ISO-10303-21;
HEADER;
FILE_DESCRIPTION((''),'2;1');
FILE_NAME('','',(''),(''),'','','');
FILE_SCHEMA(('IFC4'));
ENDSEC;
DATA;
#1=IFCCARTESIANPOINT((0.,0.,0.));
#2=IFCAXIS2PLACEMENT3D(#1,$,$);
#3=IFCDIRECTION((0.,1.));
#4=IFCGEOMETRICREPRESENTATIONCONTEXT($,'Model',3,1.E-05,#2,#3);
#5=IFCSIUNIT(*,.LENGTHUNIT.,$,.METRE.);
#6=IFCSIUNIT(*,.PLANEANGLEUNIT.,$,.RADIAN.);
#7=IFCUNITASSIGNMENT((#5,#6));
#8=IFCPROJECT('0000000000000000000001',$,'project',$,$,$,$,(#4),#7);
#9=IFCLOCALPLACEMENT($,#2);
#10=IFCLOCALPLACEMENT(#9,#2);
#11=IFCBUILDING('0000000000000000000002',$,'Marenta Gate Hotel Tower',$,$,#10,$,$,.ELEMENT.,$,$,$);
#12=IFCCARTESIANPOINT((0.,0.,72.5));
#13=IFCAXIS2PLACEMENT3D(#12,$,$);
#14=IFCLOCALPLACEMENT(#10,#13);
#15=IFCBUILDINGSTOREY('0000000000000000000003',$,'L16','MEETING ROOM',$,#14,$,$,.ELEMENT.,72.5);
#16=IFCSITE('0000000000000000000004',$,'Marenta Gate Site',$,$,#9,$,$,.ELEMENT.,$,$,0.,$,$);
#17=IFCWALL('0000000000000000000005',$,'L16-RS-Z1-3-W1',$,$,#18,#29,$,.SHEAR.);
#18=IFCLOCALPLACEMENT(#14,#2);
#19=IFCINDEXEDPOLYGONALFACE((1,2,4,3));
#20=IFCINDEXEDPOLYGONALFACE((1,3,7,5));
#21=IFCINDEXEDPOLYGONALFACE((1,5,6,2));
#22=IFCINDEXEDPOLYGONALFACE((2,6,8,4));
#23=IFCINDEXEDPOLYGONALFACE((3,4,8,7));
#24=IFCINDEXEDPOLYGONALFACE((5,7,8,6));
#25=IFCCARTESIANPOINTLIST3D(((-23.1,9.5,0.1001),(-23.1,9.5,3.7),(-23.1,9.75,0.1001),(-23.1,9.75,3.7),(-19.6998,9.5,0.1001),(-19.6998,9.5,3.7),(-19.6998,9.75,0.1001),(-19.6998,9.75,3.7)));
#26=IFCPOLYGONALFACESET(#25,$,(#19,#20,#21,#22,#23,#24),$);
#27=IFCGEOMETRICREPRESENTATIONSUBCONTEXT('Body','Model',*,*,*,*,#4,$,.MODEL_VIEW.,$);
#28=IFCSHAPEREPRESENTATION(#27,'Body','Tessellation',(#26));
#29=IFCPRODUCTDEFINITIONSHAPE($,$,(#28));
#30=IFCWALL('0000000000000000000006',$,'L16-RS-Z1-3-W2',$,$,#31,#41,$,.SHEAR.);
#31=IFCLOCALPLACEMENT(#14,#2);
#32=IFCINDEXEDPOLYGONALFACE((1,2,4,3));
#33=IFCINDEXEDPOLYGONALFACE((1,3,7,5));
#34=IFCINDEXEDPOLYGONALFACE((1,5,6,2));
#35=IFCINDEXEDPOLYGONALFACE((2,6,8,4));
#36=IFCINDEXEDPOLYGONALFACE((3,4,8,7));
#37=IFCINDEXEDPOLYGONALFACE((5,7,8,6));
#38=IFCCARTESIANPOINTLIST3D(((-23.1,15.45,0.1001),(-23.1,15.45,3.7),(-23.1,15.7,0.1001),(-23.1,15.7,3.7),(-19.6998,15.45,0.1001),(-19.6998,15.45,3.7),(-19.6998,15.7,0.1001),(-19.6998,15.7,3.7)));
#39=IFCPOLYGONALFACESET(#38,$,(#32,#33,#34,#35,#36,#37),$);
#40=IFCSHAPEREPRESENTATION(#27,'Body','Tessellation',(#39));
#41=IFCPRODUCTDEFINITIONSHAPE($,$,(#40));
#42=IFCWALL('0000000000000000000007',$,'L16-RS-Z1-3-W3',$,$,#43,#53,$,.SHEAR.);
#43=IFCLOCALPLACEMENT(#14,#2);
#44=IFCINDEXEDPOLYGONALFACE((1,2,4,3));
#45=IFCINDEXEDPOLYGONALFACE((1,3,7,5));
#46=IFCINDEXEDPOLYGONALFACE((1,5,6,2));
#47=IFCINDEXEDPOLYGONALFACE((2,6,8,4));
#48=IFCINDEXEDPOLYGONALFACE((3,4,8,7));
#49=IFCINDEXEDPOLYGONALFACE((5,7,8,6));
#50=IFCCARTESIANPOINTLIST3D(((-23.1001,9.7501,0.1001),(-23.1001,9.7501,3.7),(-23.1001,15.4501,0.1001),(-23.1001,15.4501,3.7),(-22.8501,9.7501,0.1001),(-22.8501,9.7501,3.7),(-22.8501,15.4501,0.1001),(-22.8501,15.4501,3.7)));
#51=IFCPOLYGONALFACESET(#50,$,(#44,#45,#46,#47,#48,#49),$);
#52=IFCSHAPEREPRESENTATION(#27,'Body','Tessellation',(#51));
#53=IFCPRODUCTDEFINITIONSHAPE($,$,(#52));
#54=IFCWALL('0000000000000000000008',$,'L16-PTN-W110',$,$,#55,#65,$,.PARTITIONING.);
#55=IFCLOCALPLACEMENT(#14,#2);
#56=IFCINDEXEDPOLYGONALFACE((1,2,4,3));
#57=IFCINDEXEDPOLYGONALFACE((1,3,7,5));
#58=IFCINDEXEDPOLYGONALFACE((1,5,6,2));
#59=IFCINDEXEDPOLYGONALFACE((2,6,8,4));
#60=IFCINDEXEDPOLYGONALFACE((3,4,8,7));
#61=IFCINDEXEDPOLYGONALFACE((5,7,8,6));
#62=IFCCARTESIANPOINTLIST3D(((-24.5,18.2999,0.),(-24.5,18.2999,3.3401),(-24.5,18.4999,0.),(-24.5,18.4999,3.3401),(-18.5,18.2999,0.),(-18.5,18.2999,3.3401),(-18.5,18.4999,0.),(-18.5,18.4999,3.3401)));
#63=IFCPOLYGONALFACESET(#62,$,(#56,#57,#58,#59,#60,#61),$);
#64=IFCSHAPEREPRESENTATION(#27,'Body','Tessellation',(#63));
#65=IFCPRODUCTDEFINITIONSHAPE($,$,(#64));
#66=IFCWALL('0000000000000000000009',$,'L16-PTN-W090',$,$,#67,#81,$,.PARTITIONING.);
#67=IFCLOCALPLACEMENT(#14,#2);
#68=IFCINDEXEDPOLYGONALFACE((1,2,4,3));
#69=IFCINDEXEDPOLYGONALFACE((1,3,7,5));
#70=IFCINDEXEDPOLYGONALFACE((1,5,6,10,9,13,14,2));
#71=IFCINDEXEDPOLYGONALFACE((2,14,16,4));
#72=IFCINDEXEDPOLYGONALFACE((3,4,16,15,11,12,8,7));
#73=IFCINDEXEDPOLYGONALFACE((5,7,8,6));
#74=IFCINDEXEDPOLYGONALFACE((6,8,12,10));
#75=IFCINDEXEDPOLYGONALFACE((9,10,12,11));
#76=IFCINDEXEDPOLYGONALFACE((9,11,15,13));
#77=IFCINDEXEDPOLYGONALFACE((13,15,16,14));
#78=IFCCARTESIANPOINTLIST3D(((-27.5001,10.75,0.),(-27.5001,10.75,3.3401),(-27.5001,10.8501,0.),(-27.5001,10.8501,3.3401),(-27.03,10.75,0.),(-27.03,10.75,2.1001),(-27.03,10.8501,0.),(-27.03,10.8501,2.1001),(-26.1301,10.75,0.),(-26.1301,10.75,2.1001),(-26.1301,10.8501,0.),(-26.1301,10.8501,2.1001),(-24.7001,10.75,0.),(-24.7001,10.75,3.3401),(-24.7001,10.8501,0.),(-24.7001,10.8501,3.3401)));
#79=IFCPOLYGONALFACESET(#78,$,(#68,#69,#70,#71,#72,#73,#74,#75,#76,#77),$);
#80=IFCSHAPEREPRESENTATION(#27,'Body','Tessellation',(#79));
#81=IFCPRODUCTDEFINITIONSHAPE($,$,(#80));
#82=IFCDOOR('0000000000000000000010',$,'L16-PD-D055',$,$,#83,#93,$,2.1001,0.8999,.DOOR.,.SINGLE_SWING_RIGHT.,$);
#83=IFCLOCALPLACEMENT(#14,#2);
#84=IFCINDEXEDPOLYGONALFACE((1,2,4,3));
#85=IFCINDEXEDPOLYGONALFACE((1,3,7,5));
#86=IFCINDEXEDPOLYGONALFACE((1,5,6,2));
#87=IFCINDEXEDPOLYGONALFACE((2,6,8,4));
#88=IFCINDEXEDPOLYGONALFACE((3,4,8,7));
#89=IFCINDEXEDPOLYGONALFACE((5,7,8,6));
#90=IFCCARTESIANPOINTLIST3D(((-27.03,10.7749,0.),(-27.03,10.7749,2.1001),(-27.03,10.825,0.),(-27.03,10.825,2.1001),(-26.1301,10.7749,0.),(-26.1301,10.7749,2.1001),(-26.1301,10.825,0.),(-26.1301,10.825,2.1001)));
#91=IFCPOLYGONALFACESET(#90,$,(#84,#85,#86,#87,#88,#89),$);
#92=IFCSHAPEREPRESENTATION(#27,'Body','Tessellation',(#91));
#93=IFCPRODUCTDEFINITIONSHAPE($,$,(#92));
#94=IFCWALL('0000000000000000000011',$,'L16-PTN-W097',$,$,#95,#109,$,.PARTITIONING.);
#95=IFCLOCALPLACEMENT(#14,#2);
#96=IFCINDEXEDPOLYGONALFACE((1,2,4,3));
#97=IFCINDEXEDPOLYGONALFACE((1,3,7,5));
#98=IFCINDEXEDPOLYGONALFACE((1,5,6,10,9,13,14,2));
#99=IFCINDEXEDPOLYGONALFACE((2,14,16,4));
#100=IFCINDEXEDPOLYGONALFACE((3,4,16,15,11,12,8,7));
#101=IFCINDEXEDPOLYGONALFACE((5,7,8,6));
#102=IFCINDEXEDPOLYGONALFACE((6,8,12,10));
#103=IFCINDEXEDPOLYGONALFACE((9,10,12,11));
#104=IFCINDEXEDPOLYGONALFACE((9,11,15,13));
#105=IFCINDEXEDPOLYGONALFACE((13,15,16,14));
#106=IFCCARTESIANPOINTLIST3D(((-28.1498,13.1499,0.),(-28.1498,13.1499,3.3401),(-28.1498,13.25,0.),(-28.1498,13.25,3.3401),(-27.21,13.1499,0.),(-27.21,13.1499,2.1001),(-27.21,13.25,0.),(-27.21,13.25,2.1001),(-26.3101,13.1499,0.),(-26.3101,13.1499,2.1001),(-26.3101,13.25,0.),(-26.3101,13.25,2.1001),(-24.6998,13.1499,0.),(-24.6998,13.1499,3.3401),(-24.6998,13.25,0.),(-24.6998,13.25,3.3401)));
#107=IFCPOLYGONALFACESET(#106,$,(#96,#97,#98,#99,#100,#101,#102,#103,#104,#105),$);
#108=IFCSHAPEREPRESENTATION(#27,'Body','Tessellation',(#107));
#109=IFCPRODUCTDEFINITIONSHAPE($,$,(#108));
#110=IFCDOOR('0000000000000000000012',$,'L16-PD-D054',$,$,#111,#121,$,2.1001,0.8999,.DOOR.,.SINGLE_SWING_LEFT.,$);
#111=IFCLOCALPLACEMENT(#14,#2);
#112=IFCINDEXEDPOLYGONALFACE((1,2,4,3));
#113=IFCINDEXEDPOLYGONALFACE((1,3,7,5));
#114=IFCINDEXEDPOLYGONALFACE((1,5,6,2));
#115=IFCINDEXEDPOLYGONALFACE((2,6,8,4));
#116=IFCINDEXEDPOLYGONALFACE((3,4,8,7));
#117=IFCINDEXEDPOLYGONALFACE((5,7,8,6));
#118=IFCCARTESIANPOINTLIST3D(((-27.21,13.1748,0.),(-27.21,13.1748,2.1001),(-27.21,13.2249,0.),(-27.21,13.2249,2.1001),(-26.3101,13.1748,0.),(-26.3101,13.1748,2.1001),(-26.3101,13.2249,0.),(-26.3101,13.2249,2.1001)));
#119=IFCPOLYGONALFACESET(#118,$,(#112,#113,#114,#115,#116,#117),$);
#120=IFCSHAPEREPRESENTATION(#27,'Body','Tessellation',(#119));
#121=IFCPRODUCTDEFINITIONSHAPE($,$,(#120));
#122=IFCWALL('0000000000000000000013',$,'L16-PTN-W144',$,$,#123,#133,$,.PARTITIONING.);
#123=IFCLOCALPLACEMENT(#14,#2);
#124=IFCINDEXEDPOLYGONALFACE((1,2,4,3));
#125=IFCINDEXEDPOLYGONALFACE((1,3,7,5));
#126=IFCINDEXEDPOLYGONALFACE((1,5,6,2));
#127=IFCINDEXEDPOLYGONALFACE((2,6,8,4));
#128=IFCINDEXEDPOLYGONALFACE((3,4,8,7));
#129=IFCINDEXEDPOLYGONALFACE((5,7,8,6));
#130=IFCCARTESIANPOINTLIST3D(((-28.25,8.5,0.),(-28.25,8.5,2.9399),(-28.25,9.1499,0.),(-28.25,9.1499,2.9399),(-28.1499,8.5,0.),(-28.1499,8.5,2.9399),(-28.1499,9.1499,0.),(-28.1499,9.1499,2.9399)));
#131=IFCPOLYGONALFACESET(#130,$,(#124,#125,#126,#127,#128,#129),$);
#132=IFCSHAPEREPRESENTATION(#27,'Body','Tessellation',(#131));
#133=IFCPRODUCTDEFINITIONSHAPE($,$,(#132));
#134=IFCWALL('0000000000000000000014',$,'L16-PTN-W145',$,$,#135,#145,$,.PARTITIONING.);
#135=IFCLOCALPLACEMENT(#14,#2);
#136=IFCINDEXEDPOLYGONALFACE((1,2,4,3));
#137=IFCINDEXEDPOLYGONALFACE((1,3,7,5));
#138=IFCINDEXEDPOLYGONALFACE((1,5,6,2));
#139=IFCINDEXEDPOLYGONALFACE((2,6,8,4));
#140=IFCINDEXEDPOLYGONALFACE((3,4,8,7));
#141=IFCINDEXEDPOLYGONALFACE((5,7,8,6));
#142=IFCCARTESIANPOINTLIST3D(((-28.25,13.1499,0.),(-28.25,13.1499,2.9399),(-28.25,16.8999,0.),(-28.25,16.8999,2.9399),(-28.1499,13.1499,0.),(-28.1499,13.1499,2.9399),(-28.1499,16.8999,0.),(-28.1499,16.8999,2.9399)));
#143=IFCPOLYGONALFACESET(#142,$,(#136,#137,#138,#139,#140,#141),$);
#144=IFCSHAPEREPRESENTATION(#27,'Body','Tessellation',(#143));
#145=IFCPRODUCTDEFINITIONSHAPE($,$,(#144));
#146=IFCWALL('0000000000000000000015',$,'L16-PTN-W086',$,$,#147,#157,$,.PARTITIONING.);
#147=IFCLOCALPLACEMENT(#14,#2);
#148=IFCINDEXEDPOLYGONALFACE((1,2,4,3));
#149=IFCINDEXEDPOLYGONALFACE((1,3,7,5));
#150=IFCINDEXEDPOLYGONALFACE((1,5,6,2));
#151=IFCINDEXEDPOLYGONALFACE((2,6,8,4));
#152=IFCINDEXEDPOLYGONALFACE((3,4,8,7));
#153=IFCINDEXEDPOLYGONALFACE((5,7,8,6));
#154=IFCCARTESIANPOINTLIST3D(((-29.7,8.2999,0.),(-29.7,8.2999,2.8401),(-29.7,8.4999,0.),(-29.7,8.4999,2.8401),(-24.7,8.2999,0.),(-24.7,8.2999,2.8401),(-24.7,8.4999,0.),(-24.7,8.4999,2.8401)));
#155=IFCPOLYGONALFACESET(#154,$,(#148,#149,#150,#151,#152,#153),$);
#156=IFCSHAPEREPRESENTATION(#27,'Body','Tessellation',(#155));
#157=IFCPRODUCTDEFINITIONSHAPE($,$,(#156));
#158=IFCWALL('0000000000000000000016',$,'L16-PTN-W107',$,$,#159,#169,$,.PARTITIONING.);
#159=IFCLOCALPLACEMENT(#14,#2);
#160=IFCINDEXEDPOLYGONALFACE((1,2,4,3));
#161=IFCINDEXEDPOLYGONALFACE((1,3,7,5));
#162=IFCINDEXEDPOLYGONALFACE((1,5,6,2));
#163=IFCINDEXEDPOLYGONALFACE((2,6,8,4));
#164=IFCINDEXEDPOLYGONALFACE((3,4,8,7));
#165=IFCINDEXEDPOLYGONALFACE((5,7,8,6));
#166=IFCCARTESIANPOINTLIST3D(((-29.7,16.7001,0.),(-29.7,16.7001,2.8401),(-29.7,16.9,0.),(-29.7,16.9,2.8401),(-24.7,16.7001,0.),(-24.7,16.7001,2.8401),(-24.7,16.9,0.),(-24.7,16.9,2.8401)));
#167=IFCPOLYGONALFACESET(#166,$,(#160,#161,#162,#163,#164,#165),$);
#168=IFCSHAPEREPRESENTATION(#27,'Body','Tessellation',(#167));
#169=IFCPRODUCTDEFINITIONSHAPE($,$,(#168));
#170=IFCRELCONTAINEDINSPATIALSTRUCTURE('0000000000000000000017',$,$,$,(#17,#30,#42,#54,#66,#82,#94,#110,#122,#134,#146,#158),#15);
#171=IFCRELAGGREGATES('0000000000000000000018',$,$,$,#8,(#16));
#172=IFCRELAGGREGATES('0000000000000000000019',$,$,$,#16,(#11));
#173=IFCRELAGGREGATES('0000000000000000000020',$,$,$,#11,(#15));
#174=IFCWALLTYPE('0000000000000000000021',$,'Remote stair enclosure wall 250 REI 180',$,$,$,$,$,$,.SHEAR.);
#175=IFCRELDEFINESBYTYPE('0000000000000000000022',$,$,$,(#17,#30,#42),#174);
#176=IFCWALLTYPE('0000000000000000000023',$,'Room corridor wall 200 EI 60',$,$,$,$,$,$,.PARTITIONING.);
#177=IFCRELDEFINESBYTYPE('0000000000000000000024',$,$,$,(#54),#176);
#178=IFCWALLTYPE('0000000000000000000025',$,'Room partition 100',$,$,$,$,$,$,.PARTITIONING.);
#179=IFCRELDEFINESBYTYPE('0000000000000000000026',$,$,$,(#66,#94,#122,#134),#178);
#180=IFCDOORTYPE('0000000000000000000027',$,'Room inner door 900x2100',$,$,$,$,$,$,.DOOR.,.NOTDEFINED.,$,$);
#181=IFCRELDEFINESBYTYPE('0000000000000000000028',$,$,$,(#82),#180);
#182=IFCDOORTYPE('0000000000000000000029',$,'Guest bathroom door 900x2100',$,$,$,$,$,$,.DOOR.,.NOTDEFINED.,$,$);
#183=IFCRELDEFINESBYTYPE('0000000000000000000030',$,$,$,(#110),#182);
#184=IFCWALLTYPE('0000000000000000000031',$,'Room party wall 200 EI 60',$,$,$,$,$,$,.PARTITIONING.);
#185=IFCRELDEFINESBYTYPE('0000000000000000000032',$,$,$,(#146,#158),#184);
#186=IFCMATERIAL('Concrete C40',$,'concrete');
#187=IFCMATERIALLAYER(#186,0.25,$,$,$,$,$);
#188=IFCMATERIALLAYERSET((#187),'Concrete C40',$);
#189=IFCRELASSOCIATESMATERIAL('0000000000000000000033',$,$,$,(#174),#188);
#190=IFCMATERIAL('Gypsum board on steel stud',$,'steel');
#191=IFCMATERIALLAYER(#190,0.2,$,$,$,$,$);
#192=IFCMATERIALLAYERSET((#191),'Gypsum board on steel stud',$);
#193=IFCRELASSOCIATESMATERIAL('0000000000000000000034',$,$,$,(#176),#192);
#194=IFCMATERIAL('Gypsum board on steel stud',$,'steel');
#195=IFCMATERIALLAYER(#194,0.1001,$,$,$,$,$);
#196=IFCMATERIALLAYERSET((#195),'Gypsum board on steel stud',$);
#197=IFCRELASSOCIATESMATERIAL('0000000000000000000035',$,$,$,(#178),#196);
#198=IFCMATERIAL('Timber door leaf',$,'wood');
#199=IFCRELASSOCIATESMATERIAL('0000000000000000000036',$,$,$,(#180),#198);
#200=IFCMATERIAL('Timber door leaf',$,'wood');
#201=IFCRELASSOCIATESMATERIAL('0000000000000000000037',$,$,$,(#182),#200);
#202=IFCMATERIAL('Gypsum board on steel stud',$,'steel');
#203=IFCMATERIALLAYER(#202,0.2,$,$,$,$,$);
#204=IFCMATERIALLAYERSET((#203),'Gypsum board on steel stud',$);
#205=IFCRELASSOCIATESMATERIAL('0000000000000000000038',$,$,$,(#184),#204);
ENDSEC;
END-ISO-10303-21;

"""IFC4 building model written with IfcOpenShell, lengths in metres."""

from ifc_helpers import new_model, si_unit, direction, frame, frame_2d, origin, place, context, subcontext, project, spatial, rectangle, extrude, material, layer, layer_set, type_object, element, fill, save


model = new_model("IFC4")

# Units and contexts
model_context = context("Model", 3, precision=1e-05, world=origin(), true_north=direction((0.0, 1.0)))
body_context = subcontext(model_context, "Body", "Model", "MODEL_VIEW")
ifc_project = project(units=[si_unit("LENGTHUNIT", "METRE"), si_unit("PLANEANGLEUNIT", "RADIAN")], contexts=[model_context])

# Site, building, storey
site_placement = place(None, origin())
site = spatial("IfcSite", under=ifc_project, at=site_placement, Name="Marenta Gate Site", CompositionType="ELEMENT", RefElevation=0.0)
building_placement = place(site_placement, origin())
building = spatial("IfcBuilding", under=site, at=building_placement, Name="Marenta Gate Hotel Tower", CompositionType="ELEMENT")
storey_placement = place(building_placement, frame((0.0, 0.0, 72.5)))
storey = spatial("IfcBuildingStorey", under=building, at=storey_placement, Name="L16", Description="MEETING ROOM", CompositionType="ELEMENT", Elevation=72.5)

# Walls
ifc_material_1 = material(Name="Concrete C40", Category="concrete")
ifc_layer_1 = layer(ifc_material_1, 0.25)
ifc_layer_set_1 = layer_set([ifc_layer_1], Name="Concrete C40")
wall_type_1 = type_object("IfcWallType", Name="Remote stair enclosure wall 250 REI 180", PredefinedType="SHEAR", material=ifc_layer_set_1)
for number, where, z_axis, x_axis, name in (
    (1, (-23.1001, 9.625, 0.1001), (0.0, 0.0, 1.0), (1.0, 0.0, 0.0), "L16-RS-Z1-3-W1"),
    (2, (-23.1001, 15.575, 0.1001), (0.0, 0.0, 1.0), (1.0, 0.0, 0.0), "L16-RS-Z1-3-W2"),
):
    element("IfcWall", number, at=place(storey_placement, frame(where, z_axis=z_axis, x_axis=x_axis)), inside=storey, type_object=wall_type_1, Name=name, PredefinedType="SHEAR", context=body_context, shape_type="SweptSolid", body=[
        extrude(rectangle(XDim=3.4001, YDim=0.25, at=frame_2d((1.7002, 0.0))), origin(), (0.0, 0.0, 1.0), 3.5999),
    ])
wall_1_placement = place(storey_placement, frame((-22.9751, 9.75, 0.1001), z_axis=(0.0, 0.0, 1.0), x_axis=(0.0, 1.0, 0.0)))
element("IfcWall", 3, at=wall_1_placement, inside=storey, type_object=wall_type_1, Name="L16-RS-Z1-3-W3", PredefinedType="SHEAR", context=body_context, shape_type="SweptSolid", body=[
    extrude(rectangle(XDim=5.7, YDim=0.25, at=frame_2d((2.8501, 0.0))), origin(), (0.0, 0.0, 1.0), 3.5999),
])

# Shared definitions
ifc_material_2 = material(Name="Gypsum board on steel stud", Category="steel")
ifc_layer_2 = layer(ifc_material_2, 0.2)
ifc_layer_set_2 = layer_set([ifc_layer_2], Name="Gypsum board on steel stud")
wall_type_2 = type_object("IfcWallType", Name="Room corridor wall 200 EI 60", PredefinedType="PARTITIONING", material=ifc_layer_set_2)

# Wall
wall_2_placement = place(storey_placement, frame((-24.5, 18.3999, 0.0), z_axis=(0.0, 0.0, 1.0), x_axis=(1.0, 0.0, 0.0)))
element("IfcWall", 4, at=wall_2_placement, inside=storey, type_object=wall_type_2, Name="L16-PTN-W110", PredefinedType="PARTITIONING", context=body_context, shape_type="SweptSolid", body=[
    extrude(rectangle(XDim=6.0, YDim=0.2, at=frame_2d((3.0, 0.0))), origin(), (0.0, 0.0, 1.0), 3.3401),
])

# Walls, openings, doors
ifc_material_3 = material(Name="Gypsum board on steel stud", Category="steel")
ifc_layer_3 = layer(ifc_material_3, 0.1001)
ifc_layer_set_3 = layer_set([ifc_layer_3], Name="Gypsum board on steel stud")
wall_type_3 = type_object("IfcWallType", Name="Room partition 100", PredefinedType="PARTITIONING", material=ifc_layer_set_3)
wall_3_placement = place(storey_placement, frame((-27.5, 10.8, 0.0), z_axis=(0.0, 0.0, 1.0), x_axis=(1.0, 0.0, 0.0)))
wall_3 = element("IfcWall", 5, at=wall_3_placement, inside=storey, type_object=wall_type_3, Name="L16-PTN-W090", PredefinedType="PARTITIONING", context=body_context, shape_type="SweptSolid", body=[
    extrude(rectangle(XDim=2.8, YDim=0.1001, at=frame_2d((1.3999, 0.0))), origin(), (0.0, 0.0, 1.0), 3.3401),
])
opening_1_placement = place(wall_3_placement, frame((0.47, 0.0, 0.0)))
opening_1 = element("IfcOpeningElement", 6, at=opening_1_placement, cuts=wall_3, PredefinedType="OPENING", context=body_context, shape_type="SweptSolid", body=[
    extrude(rectangle(XDim=0.8999, YDim=2.1001, at=frame_2d((0.45, 1.05))), frame((0.0, 0.05, 0.0), z_axis=(0.0, -1.0, 0.0), x_axis=(1.0, 0.0, 0.0)), (0.0, 0.0, 1.0), 0.1001),
])
ifc_material_4 = material(Name="Timber door leaf", Category="wood")
door_type_1 = type_object("IfcDoorType", Name="Room inner door 900x2100", OperationType="NOTDEFINED", PredefinedType="DOOR", material=ifc_material_4)
door_1_placement = place(opening_1_placement, origin())
door_1 = element("IfcDoor", 7, at=door_1_placement, inside=storey, type_object=door_type_1, Name="L16-PD-D055", OperationType="SINGLE_SWING_RIGHT", OverallHeight=2.1001, OverallWidth=0.8999, PredefinedType="DOOR", context=body_context, shape_type="SweptSolid", body=[
    extrude(rectangle(XDim=0.8999, YDim=2.1001, at=frame_2d((0.45, 1.05))), frame((0.0, 0.0249, 0.0), z_axis=(0.0, -1.0, 0.0), x_axis=(1.0, 0.0, 0.0)), (0.0, 0.0, 1.0), 0.05),
])
fill(opening_1, door_1)
wall_4_placement = place(storey_placement, frame((-28.1499, 13.2, 0.0), z_axis=(0.0, 0.0, 1.0), x_axis=(1.0, 0.0, 0.0)))
wall_4 = element("IfcWall", 8, at=wall_4_placement, inside=storey, type_object=wall_type_3, Name="L16-PTN-W097", PredefinedType="PARTITIONING", context=body_context, shape_type="SweptSolid", body=[
    extrude(rectangle(XDim=3.45, YDim=0.1001, at=frame_2d((1.7251, 0.0))), origin(), (0.0, 0.0, 1.0), 3.3401),
])
opening_2_placement = place(wall_4_placement, frame((0.9399, 0.0, 0.0)))
opening_2 = element("IfcOpeningElement", 9, at=opening_2_placement, cuts=wall_4, PredefinedType="OPENING", context=body_context, shape_type="SweptSolid", body=[
    extrude(rectangle(XDim=0.8999, YDim=2.1001, at=frame_2d((0.45, 1.05))), frame((0.0, 0.05, 0.0), z_axis=(0.0, -1.0, 0.0), x_axis=(1.0, 0.0, 0.0)), (0.0, 0.0, 1.0), 0.1001),
])
ifc_material_5 = material(Name="Timber door leaf", Category="wood")
door_type_2 = type_object("IfcDoorType", Name="Guest bathroom door 900x2100", OperationType="NOTDEFINED", PredefinedType="DOOR", material=ifc_material_5)
door_2_placement = place(opening_2_placement, origin())
door_2 = element("IfcDoor", 10, at=door_2_placement, inside=storey, type_object=door_type_2, Name="L16-PD-D054", OperationType="SINGLE_SWING_LEFT", OverallHeight=2.1001, OverallWidth=0.8999, PredefinedType="DOOR", context=body_context, shape_type="SweptSolid", body=[
    extrude(rectangle(XDim=0.8999, YDim=2.1001, at=frame_2d((0.45, 1.05))), frame((0.0, 0.0249, 0.0), z_axis=(0.0, -1.0, 0.0), x_axis=(1.0, 0.0, 0.0)), (0.0, 0.0, 1.0), 0.05),
])
fill(opening_2, door_2)

# Walls
wall_5_placement = place(storey_placement, frame((-28.2, 8.5, 0.0), z_axis=(0.0, 0.0, 1.0), x_axis=(0.0, 1.0, 0.0)))
element("IfcWall", 11, at=wall_5_placement, inside=storey, type_object=wall_type_3, Name="L16-PTN-W144", PredefinedType="PARTITIONING", context=body_context, shape_type="SweptSolid", body=[
    extrude(rectangle(XDim=0.6499, YDim=0.1001, at=frame_2d((0.325, 0.0))), origin(), (0.0, 0.0, 1.0), 2.9399),
])
wall_6_placement = place(storey_placement, frame((-28.2, 13.1499, 0.0), z_axis=(0.0, 0.0, 1.0), x_axis=(0.0, 1.0, 0.0)))
element("IfcWall", 12, at=wall_6_placement, inside=storey, type_object=wall_type_3, Name="L16-PTN-W145", PredefinedType="PARTITIONING", context=body_context, shape_type="SweptSolid", body=[
    extrude(rectangle(XDim=3.75, YDim=0.1001, at=frame_2d((1.875, 0.0))), origin(), (0.0, 0.0, 1.0), 2.9399),
])
ifc_material_6 = material(Name="Gypsum board on steel stud", Category="steel")
ifc_layer_4 = layer(ifc_material_6, 0.2)
ifc_layer_set_4 = layer_set([ifc_layer_4], Name="Gypsum board on steel stud")
wall_type_4 = type_object("IfcWallType", Name="Room party wall 200 EI 60", PredefinedType="PARTITIONING", material=ifc_layer_set_4)
for number, where, z_axis, x_axis, name in (
    (13, (-29.7, 8.3999, 0.0), (0.0, 0.0, 1.0), (1.0, 0.0, 0.0), "L16-PTN-W086"),
    (14, (-29.7, 16.8, 0.0), (0.0, 0.0, 1.0), (1.0, 0.0, 0.0), "L16-PTN-W107"),
):
    element("IfcWall", number, at=place(storey_placement, frame(where, z_axis=z_axis, x_axis=x_axis)), inside=storey, type_object=wall_type_4, Name=name, PredefinedType="PARTITIONING", context=body_context, shape_type="SweptSolid", body=[
        extrude(rectangle(XDim=5.0, YDim=0.2, at=frame_2d((2.5, 0.0))), origin(), (0.0, 0.0, 1.0), 2.8401),
    ])

save(model, "model.ifc")
